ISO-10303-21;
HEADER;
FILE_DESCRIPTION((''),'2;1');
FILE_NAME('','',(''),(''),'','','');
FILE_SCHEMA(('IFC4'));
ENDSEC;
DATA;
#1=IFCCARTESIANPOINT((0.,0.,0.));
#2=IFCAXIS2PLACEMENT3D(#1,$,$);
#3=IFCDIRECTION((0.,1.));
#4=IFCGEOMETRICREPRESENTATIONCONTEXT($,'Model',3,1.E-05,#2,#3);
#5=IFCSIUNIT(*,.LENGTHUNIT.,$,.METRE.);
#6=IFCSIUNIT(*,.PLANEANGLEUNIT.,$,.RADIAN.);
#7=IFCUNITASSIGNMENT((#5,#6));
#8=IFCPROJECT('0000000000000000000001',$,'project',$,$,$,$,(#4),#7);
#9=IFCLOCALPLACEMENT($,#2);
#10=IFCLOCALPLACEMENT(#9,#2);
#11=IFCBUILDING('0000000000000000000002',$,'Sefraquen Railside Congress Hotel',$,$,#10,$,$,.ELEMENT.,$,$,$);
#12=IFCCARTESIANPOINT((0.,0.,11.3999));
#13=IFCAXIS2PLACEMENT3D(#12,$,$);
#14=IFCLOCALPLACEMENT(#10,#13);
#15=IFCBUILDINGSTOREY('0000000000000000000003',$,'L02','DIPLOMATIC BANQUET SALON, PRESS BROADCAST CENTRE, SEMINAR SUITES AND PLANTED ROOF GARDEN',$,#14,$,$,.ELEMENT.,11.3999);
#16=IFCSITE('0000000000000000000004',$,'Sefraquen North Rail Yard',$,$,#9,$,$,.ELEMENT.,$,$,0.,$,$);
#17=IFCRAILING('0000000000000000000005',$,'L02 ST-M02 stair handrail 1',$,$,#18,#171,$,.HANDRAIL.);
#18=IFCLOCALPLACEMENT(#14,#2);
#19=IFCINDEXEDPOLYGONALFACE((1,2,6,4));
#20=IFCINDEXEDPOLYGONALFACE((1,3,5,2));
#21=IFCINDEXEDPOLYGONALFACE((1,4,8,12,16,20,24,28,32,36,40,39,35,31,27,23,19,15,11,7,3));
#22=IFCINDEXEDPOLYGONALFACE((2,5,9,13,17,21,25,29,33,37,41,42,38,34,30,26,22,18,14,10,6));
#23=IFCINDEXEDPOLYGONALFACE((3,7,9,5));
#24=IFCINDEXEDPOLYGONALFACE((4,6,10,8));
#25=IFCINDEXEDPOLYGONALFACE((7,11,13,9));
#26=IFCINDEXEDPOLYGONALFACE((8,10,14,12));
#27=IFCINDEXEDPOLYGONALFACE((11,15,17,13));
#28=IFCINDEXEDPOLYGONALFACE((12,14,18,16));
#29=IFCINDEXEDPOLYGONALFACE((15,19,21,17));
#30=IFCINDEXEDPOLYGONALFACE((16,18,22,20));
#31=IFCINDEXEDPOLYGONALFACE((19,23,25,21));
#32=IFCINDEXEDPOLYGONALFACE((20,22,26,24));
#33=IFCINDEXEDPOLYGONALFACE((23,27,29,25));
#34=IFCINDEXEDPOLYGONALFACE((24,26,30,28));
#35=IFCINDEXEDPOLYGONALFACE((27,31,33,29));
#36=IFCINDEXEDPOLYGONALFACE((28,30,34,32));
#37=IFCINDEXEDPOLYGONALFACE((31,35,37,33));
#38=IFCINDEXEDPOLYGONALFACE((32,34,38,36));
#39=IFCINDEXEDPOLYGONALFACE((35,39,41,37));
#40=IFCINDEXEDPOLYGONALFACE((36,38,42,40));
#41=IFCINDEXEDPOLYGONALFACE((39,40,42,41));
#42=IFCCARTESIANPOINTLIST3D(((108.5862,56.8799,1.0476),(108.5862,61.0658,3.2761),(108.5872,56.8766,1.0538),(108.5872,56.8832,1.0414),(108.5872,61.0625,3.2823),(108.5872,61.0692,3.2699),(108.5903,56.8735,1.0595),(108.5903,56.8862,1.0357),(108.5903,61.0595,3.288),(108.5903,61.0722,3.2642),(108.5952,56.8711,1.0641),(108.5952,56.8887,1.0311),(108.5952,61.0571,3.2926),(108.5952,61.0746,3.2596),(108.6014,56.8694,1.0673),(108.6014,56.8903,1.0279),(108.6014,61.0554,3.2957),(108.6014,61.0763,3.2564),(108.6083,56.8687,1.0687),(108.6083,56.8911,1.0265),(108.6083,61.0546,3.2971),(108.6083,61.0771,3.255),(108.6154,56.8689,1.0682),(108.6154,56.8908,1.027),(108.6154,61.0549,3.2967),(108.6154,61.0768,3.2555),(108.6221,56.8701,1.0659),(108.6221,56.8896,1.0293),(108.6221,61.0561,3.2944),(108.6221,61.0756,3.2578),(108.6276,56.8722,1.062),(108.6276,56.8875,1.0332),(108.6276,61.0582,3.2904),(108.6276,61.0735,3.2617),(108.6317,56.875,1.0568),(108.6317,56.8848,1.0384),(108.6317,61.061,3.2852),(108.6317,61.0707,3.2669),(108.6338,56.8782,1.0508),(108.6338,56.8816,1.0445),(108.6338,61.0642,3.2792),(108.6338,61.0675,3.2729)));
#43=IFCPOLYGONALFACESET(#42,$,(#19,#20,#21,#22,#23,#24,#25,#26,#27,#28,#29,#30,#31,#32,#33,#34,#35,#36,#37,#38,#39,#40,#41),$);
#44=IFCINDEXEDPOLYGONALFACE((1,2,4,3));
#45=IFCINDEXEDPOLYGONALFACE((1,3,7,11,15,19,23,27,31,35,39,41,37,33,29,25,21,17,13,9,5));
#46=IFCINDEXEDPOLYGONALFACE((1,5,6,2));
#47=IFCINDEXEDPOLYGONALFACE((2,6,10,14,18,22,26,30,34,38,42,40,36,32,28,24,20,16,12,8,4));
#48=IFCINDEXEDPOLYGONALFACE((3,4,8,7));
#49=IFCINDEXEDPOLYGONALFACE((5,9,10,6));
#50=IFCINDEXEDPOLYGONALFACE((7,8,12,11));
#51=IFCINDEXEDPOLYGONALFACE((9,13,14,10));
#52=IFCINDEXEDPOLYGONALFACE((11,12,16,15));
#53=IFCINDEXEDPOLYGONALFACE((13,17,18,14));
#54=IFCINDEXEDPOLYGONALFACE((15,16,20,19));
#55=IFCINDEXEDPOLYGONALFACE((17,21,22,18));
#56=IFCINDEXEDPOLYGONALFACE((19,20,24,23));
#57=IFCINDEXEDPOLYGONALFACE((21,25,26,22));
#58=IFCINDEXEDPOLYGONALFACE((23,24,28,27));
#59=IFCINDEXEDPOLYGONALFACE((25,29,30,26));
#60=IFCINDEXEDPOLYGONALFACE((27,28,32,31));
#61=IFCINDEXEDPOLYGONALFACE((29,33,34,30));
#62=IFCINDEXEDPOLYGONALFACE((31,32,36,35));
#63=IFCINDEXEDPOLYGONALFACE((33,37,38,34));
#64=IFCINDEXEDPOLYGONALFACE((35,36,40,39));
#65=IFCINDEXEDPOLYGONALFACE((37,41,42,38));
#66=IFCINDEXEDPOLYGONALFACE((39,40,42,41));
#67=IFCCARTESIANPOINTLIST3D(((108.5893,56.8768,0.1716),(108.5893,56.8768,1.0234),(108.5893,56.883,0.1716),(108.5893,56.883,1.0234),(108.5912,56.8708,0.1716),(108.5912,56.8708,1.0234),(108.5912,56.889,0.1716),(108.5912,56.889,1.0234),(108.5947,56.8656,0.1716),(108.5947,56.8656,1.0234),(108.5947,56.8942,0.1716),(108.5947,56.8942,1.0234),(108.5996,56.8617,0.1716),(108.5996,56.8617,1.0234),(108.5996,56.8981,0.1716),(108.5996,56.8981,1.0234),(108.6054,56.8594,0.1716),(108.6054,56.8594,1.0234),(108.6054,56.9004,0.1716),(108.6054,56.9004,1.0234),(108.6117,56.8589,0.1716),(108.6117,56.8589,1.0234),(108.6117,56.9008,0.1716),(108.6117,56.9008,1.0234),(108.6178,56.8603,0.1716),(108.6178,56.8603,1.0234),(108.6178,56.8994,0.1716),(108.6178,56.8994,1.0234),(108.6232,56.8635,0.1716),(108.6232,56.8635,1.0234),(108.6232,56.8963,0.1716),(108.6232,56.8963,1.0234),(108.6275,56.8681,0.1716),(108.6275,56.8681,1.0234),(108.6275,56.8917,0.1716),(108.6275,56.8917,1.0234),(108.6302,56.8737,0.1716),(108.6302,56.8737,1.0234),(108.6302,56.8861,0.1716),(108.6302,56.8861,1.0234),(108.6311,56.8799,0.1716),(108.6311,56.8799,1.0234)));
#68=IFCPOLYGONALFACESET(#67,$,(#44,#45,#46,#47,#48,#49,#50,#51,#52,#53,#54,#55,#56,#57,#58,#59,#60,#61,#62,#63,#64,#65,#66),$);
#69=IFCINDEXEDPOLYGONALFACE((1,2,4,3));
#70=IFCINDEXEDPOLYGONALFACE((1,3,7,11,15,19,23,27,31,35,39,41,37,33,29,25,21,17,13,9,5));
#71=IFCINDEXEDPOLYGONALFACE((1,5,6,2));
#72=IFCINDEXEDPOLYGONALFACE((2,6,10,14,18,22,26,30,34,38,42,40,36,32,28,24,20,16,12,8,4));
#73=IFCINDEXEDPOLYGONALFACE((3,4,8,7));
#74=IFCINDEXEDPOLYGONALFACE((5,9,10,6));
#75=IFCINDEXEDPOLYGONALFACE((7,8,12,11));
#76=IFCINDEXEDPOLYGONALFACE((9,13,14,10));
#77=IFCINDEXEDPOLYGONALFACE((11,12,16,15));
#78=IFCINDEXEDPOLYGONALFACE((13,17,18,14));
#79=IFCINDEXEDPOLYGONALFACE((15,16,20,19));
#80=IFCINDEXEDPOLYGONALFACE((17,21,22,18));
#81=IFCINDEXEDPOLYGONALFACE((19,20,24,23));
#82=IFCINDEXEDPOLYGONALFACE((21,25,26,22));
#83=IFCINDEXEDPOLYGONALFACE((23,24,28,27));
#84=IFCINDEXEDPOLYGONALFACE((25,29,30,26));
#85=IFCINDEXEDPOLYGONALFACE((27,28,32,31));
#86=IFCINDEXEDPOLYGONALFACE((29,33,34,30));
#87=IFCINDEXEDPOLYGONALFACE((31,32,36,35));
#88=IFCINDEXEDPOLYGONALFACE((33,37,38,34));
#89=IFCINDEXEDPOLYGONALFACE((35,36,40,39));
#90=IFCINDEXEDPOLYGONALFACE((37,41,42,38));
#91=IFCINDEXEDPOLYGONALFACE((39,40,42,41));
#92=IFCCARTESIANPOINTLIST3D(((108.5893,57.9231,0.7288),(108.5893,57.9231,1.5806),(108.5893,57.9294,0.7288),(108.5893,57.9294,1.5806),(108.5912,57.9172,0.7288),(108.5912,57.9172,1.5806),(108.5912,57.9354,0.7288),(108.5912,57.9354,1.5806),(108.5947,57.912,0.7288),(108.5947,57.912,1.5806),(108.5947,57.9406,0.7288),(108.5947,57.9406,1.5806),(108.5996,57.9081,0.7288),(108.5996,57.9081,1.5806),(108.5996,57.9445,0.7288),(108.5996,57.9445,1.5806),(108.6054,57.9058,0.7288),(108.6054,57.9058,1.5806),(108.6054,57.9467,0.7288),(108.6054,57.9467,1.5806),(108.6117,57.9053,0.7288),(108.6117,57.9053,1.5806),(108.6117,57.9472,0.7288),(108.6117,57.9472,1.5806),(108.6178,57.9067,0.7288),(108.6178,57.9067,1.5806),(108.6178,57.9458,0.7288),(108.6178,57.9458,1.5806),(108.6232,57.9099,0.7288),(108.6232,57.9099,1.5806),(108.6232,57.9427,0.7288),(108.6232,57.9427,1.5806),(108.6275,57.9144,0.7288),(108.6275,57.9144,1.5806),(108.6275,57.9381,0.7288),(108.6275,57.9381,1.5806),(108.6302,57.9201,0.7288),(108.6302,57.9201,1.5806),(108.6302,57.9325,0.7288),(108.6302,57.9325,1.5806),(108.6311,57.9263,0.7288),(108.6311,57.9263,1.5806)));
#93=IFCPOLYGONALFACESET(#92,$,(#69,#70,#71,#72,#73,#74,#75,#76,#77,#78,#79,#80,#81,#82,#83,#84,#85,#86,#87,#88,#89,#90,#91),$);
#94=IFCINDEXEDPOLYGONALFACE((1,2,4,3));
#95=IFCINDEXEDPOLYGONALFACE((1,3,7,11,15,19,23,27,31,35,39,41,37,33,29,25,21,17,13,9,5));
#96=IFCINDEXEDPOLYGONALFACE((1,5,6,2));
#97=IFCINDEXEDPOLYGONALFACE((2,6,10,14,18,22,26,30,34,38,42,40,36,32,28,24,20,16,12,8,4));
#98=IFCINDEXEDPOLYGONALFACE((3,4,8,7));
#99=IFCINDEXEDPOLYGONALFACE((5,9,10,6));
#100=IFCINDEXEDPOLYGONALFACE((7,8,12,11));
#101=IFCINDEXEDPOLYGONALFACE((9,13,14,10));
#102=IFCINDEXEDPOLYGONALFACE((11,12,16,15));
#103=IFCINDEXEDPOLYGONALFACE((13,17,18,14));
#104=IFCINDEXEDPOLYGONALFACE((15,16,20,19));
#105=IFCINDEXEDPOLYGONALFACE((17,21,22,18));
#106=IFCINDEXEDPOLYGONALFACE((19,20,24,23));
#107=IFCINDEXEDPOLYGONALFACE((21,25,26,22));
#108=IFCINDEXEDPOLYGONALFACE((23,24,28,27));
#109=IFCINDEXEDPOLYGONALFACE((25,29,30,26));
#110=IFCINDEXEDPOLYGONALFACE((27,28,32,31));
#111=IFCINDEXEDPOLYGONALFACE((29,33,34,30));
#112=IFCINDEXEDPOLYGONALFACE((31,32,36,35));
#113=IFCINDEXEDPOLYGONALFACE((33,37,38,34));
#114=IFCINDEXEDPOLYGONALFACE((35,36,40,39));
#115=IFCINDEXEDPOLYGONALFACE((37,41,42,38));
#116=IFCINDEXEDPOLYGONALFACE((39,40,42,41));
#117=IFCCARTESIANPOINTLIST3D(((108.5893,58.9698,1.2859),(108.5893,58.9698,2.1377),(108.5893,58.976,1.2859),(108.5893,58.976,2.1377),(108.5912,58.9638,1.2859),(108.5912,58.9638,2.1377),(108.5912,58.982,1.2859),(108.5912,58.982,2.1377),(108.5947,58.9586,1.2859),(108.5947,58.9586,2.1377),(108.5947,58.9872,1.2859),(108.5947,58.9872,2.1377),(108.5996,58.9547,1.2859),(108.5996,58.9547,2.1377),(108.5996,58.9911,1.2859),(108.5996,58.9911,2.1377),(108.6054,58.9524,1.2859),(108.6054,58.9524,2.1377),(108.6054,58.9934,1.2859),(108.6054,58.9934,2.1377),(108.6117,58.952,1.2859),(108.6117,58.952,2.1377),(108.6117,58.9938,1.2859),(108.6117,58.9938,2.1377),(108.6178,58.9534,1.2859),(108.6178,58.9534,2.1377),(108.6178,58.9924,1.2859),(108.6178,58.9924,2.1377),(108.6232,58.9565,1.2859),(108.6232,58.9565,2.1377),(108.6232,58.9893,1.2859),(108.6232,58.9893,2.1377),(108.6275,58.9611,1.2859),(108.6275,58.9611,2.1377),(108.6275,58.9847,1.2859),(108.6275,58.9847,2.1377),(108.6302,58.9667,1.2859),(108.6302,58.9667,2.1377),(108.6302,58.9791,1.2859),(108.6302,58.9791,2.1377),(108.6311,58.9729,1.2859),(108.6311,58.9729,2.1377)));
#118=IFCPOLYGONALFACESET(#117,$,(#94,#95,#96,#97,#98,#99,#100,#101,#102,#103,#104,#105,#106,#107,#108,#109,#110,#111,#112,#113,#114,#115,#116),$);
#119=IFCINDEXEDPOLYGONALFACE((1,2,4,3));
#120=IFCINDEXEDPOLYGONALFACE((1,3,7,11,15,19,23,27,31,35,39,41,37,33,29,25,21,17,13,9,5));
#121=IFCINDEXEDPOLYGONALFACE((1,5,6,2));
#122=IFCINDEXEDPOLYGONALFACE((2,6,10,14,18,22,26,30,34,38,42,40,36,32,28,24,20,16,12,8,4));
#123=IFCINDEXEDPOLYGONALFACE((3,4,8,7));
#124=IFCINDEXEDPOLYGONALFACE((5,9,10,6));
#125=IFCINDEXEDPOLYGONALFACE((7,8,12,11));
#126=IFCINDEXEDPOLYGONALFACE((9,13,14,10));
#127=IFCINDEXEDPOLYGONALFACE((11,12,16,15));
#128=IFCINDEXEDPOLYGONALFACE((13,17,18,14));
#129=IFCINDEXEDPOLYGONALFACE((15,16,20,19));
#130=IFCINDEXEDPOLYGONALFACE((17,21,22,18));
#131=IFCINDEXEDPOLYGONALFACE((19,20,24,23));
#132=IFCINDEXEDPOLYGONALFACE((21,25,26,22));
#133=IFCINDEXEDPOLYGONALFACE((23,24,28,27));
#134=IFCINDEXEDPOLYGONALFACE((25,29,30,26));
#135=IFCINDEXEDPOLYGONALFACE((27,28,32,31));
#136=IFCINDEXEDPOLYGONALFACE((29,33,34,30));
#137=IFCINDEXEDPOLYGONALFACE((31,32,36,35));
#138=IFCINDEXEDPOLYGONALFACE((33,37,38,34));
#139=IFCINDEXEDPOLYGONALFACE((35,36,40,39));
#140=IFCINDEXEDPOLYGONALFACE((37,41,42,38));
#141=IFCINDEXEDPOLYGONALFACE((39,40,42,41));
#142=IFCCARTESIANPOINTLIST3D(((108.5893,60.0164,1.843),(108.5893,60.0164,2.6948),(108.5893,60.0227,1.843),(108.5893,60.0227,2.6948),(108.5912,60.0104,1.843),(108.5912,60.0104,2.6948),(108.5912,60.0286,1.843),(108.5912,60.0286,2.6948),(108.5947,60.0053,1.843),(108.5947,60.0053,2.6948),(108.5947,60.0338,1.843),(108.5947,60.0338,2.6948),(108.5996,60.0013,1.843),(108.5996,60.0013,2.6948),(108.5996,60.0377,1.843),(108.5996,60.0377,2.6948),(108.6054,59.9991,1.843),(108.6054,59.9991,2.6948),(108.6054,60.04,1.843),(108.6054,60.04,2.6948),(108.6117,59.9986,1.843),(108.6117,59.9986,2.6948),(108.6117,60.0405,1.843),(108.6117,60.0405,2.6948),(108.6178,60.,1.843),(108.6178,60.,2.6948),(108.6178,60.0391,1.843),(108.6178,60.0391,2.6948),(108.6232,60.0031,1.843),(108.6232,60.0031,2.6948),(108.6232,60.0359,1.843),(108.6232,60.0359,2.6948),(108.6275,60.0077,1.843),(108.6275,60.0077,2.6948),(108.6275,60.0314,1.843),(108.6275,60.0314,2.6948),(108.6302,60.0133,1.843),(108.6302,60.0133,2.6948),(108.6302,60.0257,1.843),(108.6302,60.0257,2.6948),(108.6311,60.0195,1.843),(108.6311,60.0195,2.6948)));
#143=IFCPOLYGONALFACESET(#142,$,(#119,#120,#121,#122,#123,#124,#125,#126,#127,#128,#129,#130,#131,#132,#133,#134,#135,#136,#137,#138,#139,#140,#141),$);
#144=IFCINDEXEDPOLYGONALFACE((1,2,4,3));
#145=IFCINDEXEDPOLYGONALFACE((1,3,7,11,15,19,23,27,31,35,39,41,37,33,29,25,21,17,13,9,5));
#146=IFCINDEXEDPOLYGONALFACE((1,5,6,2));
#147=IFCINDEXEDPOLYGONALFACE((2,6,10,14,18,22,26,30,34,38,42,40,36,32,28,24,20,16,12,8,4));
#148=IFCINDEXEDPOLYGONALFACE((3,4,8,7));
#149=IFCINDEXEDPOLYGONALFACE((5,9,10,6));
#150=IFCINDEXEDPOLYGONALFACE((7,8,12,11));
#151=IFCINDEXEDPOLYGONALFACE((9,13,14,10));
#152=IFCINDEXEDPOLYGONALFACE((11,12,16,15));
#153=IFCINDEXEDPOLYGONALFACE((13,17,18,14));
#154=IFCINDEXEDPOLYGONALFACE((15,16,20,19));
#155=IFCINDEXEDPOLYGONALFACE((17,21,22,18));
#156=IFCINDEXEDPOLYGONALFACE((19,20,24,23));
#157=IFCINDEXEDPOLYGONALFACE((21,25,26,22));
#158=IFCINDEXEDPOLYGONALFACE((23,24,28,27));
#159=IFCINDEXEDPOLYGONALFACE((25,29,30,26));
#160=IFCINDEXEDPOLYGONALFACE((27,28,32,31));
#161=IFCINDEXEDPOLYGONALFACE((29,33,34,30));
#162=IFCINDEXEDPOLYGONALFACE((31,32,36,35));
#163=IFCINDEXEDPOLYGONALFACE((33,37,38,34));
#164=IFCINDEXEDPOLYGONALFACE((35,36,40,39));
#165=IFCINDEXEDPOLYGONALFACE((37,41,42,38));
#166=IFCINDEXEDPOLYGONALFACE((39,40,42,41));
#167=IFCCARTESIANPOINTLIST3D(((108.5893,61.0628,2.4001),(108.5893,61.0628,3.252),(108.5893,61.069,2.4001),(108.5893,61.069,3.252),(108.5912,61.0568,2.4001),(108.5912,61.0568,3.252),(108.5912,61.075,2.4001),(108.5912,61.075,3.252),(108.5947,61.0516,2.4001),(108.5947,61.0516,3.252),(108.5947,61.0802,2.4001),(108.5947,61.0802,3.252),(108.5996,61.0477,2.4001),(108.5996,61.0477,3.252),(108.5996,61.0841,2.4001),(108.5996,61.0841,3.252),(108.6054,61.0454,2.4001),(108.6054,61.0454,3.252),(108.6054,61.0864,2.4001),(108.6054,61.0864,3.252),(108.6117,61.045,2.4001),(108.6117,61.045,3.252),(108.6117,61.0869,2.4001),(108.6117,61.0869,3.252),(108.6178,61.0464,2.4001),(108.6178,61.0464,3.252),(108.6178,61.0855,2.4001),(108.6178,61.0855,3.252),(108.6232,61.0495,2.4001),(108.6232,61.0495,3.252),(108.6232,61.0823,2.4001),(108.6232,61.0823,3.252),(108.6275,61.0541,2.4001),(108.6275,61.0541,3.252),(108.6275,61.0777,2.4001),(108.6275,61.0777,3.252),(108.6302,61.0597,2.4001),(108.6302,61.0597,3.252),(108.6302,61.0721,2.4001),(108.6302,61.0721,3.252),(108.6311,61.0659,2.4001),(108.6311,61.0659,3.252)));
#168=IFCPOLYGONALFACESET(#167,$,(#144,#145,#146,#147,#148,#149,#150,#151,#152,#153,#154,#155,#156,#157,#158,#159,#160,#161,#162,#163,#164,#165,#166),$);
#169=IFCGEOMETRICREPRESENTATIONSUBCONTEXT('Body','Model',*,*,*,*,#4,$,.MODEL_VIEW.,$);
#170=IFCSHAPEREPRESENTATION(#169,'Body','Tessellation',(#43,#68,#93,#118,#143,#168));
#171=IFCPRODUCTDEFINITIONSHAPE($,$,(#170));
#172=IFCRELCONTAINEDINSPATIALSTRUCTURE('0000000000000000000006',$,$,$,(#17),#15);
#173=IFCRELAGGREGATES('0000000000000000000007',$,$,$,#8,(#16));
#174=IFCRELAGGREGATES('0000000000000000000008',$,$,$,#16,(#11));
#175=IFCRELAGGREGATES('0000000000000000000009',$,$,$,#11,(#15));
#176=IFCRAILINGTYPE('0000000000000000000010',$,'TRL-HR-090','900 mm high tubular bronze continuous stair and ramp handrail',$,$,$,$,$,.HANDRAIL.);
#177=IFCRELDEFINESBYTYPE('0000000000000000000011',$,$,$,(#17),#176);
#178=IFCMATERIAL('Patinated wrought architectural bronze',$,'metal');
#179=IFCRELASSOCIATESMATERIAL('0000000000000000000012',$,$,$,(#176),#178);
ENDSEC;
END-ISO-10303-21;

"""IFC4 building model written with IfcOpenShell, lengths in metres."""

from ifc_helpers import new_model, si_unit, direction, frame, origin, origin_2d, place, context, subcontext, project, spatial, circle, extrude, material, type_object, element, save


model = new_model("IFC4")

# Units and contexts
model_context = context("Model", 3, precision=1e-05, world=origin(), true_north=direction((0.0, 1.0)))
body_context = subcontext(model_context, "Body", "Model", "MODEL_VIEW")
ifc_project = project(units=[si_unit("LENGTHUNIT", "METRE"), si_unit("PLANEANGLEUNIT", "RADIAN")], contexts=[model_context])

# Site, building, storey
site_placement = place(None, origin())
site = spatial("IfcSite", under=ifc_project, at=site_placement, Name="Sefraquen North Rail Yard", CompositionType="ELEMENT", RefElevation=0.0)
building_placement = place(site_placement, origin())
building = spatial("IfcBuilding", under=site, at=building_placement, Name="Sefraquen Railside Congress Hotel", CompositionType="ELEMENT")
storey_placement = place(building_placement, frame((0.0, 0.0, 11.3999)))
storey = spatial("IfcBuildingStorey", under=building, at=storey_placement, Name="L02", Description="DIPLOMATIC BANQUET SALON, PRESS BROADCAST CENTRE, SEMINAR SUITES AND PLANTED ROOF GARDEN", CompositionType="ELEMENT", Elevation=11.3999)

# Railing
ifc_material_1 = material(Name="Patinated wrought architectural bronze", Category="metal")
railing_type_1 = type_object("IfcRailingType", Name="TRL-HR-090", Description="900 mm high tubular bronze continuous stair and ramp handrail", PredefinedType="HANDRAIL", material=ifc_material_1)
railing_1_placement = place(storey_placement, frame((108.6101, 56.8799, 0.1716)))
element("IfcRailing", 1, at=railing_1_placement, inside=storey, type_object=railing_type_1, Name="L02 ST-M02 stair handrail 1", PredefinedType="HANDRAIL", context=body_context, shape_type="SweptSolid", body=[
    extrude(circle(Radius=0.0239, at=origin_2d()), frame((0.0, 0.0, 0.876), z_axis=(0.0, 0.882706, 0.469925), x_axis=(-1.0, 0.0, 0.0)), (0.0, 0.0, 1.0), 4.7422),
    extrude(circle(Radius=0.021, at=origin_2d()), origin(), (0.0, 0.0, 1.0), 0.8518),
    extrude(circle(Radius=0.021, at=origin_2d()), frame((0.0, 1.0464, 0.5571)), (0.0, 0.0, 1.0), 0.8518),
    extrude(circle(Radius=0.021, at=origin_2d()), frame((0.0, 2.093, 1.1143)), (0.0, 0.0, 1.0), 0.8518),
    extrude(circle(Radius=0.021, at=origin_2d()), frame((0.0, 3.1396, 1.6714)), (0.0, 0.0, 1.0), 0.8518),
    extrude(circle(Radius=0.021, at=origin_2d()), frame((0.0, 4.186, 2.2285)), (0.0, 0.0, 1.0), 0.8518),
])

save(model, "model.ifc")
